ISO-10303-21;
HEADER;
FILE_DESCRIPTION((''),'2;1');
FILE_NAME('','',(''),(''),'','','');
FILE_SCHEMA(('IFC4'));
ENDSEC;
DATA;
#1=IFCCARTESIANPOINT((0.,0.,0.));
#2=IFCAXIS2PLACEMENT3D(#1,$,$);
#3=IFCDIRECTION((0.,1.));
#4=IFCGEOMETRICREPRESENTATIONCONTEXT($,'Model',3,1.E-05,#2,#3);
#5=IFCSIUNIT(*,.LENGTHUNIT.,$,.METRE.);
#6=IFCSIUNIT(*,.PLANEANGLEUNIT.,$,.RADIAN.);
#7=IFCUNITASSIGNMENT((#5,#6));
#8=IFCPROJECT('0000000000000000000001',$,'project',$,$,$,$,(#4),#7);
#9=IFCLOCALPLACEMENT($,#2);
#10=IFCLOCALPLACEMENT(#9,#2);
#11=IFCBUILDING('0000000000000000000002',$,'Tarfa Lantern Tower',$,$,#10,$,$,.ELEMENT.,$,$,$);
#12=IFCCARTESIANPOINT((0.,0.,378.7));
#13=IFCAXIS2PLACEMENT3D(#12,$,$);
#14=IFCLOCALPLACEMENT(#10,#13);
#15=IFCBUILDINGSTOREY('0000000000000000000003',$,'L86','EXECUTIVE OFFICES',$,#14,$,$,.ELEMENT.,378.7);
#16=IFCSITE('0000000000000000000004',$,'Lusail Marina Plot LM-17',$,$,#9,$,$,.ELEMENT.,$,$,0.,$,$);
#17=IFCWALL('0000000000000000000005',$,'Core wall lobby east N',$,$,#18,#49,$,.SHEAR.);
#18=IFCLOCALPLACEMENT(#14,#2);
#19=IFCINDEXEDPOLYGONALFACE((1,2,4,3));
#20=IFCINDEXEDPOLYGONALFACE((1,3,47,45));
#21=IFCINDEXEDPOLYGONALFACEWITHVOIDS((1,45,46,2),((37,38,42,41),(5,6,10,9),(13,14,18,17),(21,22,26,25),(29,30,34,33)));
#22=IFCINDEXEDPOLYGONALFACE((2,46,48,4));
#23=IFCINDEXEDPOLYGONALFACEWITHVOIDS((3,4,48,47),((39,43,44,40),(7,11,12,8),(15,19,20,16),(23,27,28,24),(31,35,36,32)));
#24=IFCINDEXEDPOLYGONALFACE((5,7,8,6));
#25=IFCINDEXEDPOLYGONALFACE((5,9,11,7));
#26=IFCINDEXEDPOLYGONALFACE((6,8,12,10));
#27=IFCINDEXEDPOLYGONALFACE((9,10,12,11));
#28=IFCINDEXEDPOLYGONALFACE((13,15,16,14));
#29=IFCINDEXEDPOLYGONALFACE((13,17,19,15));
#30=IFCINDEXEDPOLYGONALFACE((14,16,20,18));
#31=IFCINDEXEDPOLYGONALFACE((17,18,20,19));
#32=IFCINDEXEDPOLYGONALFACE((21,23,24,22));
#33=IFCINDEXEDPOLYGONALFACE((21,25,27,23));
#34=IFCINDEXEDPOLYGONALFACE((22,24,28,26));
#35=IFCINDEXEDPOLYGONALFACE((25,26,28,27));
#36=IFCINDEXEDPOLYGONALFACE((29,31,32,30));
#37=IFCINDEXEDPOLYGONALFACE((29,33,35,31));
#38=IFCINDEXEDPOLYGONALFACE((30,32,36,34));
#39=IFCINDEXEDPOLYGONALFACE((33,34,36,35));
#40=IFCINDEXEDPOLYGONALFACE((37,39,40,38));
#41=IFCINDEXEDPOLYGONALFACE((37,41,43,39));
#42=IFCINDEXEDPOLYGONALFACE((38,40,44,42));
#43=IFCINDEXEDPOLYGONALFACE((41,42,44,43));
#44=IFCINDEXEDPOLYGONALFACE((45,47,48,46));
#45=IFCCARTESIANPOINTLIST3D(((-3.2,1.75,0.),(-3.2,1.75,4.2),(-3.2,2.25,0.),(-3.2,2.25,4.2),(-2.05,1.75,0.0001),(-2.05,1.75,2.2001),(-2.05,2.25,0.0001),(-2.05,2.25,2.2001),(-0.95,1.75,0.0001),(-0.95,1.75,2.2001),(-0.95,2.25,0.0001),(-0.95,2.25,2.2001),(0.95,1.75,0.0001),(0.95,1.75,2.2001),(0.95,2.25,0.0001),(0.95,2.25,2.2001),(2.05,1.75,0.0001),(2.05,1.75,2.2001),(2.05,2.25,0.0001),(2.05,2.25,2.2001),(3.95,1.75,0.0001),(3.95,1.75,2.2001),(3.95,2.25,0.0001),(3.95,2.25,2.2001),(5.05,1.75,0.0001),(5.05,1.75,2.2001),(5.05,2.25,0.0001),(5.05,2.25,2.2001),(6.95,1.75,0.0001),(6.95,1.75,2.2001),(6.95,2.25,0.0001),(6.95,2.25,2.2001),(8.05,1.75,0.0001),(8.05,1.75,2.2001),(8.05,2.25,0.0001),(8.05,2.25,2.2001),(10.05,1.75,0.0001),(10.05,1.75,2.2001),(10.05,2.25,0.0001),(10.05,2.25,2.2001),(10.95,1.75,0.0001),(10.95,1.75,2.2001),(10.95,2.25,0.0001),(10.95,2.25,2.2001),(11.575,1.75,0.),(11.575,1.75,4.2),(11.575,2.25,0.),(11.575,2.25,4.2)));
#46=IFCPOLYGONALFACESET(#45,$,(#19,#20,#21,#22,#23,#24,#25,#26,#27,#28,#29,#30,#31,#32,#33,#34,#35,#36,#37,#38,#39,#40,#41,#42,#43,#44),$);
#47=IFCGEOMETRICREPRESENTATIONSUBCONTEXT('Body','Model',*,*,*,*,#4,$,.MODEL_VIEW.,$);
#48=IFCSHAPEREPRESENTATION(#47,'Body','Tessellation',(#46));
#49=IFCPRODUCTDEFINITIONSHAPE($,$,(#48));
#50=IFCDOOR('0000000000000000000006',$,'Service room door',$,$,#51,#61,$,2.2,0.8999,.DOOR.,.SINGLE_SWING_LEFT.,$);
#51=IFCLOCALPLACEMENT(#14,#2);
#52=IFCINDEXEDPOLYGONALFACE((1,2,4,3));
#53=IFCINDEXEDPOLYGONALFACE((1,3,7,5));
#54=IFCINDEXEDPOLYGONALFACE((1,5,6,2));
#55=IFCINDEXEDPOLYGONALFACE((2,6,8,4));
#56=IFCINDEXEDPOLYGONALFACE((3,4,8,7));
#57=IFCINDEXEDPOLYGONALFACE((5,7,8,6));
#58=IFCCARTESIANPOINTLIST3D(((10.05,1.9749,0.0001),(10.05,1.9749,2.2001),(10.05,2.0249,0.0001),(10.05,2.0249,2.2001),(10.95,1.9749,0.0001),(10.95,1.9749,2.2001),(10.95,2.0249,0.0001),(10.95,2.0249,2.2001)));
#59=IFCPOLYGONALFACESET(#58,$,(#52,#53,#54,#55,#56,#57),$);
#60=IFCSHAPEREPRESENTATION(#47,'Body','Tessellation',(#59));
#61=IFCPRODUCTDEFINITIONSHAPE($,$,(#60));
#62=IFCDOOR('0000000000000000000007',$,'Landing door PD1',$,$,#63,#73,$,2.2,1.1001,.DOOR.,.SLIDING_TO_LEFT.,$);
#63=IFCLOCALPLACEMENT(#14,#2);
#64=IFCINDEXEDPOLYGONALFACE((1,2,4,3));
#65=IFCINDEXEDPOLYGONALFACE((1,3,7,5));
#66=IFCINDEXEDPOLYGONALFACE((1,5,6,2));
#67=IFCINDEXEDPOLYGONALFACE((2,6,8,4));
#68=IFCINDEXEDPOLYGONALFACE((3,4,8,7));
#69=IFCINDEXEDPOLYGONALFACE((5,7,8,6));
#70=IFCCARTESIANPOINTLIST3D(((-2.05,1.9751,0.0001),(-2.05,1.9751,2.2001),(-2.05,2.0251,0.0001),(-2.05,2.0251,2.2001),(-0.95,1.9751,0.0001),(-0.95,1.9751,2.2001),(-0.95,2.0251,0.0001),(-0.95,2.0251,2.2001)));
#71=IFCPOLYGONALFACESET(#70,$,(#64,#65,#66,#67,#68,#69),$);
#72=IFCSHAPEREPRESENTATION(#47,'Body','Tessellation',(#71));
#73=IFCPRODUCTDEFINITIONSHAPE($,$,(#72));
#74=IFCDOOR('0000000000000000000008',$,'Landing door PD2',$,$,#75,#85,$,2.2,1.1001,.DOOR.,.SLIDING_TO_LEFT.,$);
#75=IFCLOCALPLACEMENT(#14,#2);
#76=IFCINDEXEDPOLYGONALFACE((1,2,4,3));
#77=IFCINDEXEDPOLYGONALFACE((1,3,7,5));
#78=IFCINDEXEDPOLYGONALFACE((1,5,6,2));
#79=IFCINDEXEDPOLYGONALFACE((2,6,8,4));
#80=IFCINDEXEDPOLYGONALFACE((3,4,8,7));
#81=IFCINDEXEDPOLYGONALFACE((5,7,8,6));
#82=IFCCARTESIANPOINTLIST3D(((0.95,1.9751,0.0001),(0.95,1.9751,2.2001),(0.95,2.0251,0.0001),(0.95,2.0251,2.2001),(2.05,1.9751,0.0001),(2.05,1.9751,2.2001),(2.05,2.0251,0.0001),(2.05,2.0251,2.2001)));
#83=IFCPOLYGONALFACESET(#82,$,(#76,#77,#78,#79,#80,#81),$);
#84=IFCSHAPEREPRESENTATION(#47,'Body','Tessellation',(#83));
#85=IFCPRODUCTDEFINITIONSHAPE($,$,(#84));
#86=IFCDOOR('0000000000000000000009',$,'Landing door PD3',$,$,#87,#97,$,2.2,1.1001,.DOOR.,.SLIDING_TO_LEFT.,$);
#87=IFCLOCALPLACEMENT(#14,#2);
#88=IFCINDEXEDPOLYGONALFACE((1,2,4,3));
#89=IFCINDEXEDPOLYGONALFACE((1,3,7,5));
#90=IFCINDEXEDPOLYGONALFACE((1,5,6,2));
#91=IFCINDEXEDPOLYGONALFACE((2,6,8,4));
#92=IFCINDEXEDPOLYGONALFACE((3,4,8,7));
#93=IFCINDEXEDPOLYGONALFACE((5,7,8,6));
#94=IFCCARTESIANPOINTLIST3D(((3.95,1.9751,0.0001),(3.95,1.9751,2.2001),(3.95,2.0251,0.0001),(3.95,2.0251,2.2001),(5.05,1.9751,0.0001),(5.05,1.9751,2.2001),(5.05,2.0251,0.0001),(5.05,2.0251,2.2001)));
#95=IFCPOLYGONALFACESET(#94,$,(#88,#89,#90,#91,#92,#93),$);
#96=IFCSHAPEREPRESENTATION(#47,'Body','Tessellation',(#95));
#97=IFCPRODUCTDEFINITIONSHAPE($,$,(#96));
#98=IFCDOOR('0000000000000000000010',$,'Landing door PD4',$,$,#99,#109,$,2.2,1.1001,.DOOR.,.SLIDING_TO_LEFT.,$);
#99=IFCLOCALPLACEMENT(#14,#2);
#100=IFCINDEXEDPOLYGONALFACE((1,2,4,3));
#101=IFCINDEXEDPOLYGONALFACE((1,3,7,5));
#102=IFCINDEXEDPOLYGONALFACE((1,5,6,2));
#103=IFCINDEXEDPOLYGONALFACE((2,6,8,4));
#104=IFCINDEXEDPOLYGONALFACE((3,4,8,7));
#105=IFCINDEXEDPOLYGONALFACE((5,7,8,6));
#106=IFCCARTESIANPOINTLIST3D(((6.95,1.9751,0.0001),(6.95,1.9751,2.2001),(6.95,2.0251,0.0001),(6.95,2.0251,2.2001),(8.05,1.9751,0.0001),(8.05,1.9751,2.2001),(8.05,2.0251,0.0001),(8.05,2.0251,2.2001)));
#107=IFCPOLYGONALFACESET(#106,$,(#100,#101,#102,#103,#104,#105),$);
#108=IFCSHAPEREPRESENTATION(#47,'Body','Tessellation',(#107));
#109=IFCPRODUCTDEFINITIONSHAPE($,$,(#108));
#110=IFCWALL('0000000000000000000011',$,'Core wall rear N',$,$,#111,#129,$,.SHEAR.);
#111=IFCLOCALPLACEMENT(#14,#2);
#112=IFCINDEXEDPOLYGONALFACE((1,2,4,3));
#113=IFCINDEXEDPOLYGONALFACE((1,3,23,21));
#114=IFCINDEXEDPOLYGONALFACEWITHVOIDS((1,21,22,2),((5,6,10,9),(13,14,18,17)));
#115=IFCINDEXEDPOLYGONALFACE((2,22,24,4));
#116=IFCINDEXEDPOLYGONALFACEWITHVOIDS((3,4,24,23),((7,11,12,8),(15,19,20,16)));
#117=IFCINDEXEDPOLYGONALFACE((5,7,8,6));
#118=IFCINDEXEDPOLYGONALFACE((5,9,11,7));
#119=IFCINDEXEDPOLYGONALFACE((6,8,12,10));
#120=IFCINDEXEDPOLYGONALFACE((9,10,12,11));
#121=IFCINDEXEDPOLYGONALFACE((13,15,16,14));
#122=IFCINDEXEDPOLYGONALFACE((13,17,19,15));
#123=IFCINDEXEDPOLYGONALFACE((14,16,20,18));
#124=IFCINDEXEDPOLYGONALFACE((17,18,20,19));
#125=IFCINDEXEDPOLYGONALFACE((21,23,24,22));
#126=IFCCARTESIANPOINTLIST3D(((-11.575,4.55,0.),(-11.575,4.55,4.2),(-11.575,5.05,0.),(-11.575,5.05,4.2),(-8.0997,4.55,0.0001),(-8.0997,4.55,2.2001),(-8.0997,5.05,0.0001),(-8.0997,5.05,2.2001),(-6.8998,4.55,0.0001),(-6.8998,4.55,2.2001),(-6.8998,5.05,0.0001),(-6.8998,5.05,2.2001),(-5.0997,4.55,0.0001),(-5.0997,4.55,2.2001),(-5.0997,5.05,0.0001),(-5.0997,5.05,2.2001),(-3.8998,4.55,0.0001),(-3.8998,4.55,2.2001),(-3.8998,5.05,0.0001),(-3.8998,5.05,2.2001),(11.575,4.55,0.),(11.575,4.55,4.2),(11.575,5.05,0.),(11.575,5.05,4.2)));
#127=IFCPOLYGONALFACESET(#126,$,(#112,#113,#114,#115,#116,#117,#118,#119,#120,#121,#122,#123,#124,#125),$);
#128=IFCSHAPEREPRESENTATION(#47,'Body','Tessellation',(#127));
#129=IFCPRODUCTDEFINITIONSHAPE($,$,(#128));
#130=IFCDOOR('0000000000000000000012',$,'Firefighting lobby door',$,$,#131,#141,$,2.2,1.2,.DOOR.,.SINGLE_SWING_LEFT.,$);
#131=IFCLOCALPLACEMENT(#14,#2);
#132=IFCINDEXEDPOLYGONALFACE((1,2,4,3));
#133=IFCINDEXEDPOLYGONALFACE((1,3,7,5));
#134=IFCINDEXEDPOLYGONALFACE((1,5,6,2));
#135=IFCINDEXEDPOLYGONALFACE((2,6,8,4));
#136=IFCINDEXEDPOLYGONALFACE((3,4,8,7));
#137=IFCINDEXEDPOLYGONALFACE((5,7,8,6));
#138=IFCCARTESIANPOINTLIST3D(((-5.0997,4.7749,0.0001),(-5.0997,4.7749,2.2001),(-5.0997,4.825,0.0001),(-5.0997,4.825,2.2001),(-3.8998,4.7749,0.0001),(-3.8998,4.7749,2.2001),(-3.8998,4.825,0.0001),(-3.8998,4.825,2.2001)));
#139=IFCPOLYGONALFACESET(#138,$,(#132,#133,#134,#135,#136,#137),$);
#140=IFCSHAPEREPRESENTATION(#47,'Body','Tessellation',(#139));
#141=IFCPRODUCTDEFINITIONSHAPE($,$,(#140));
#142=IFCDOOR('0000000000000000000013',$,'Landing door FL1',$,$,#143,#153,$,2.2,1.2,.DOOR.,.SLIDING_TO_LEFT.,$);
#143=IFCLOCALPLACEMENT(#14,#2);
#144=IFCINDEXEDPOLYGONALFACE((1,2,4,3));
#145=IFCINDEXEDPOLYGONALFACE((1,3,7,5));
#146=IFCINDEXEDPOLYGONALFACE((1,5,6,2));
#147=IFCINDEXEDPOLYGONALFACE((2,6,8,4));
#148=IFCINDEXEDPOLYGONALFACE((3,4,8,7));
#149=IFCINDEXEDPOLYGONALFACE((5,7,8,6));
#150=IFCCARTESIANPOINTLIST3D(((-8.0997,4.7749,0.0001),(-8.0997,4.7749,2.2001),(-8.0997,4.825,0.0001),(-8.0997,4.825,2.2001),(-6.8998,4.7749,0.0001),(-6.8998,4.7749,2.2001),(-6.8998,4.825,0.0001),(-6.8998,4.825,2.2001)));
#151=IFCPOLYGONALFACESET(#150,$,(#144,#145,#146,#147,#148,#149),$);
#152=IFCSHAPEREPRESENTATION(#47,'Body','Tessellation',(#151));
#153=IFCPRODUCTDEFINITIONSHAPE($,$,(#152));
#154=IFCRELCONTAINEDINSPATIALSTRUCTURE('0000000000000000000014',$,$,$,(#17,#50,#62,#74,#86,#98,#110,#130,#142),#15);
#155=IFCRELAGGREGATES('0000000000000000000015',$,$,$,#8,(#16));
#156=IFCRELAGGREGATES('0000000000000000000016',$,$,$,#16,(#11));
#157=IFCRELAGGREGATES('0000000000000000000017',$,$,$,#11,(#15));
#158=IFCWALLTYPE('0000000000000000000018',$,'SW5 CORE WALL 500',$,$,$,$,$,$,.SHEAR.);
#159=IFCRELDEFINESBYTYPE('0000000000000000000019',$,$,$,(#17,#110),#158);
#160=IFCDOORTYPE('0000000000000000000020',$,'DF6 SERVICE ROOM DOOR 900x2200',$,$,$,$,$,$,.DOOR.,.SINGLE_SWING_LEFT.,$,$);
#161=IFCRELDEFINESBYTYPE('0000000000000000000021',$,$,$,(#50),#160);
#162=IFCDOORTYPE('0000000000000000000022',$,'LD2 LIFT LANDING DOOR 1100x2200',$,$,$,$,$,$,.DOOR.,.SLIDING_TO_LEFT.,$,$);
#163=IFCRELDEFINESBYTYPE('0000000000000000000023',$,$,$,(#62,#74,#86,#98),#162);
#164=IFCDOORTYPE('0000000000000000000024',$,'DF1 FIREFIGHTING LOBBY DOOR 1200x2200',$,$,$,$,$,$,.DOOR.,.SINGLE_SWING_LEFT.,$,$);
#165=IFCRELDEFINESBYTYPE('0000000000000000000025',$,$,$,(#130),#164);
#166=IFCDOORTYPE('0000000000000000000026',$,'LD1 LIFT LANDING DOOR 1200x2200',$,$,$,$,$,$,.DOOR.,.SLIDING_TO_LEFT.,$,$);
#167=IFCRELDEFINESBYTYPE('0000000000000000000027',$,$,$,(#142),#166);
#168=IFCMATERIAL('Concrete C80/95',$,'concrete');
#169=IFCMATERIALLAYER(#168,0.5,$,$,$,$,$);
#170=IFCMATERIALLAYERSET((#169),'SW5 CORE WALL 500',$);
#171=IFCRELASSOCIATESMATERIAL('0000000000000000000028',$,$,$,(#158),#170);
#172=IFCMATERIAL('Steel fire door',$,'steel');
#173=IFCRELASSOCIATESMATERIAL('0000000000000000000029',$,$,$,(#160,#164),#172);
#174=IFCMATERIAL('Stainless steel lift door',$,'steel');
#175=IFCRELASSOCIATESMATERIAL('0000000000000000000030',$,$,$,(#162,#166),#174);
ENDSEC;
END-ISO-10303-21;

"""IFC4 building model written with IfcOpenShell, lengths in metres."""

from ifc_helpers import new_model, si_unit, direction, frame, frame_2d, origin, place, context, subcontext, project, spatial, rectangle, extrude, material, layer, layer_set, type_object, element, fill, save


model = new_model("IFC4")

# Units and contexts
model_context = context("Model", 3, precision=1e-05, world=origin(), true_north=direction((0.0, 1.0)))
body_context = subcontext(model_context, "Body", "Model", "MODEL_VIEW")
ifc_project = project(units=[si_unit("LENGTHUNIT", "METRE"), si_unit("PLANEANGLEUNIT", "RADIAN")], contexts=[model_context])

# Site, building, storey
site_placement = place(None, origin())
site = spatial("IfcSite", under=ifc_project, at=site_placement, Name="Lusail Marina Plot LM-17", CompositionType="ELEMENT", RefElevation=0.0)
building_placement = place(site_placement, origin())
building = spatial("IfcBuilding", under=site, at=building_placement, Name="Tarfa Lantern Tower", CompositionType="ELEMENT")
storey_placement = place(building_placement, frame((0.0, 0.0, 378.7)))
storey = spatial("IfcBuildingStorey", under=building, at=storey_placement, Name="L86", Description="EXECUTIVE OFFICES", CompositionType="ELEMENT", Elevation=378.7)

# Shared definitions
ifc_material_1 = material(Name="Concrete C80/95", Category="concrete")

# Shared definitions
ifc_material_2 = material(Name="Steel fire door", Category="steel")

# Walls, openings, doors
ifc_layer_1 = layer(ifc_material_1, 0.5)
ifc_layer_set_1 = layer_set([ifc_layer_1], Name="SW5 CORE WALL 500")
wall_type_1 = type_object("IfcWallType", Name="SW5 CORE WALL 500", PredefinedType="SHEAR", material=ifc_layer_set_1)
wall_1_placement = place(storey_placement, frame((-3.2, 2.0, 0.0), z_axis=(0.0, 0.0, 1.0), x_axis=(1.0, 0.0, 0.0)))
wall_1 = element("IfcWall", 1, at=wall_1_placement, inside=storey, type_object=wall_type_1, Name="Core wall lobby east N", PredefinedType="SHEAR", context=body_context, shape_type="SweptSolid", body=[
    extrude(rectangle(XDim=14.7749, YDim=0.5, at=frame_2d((7.3875, 0.0))), origin(), (0.0, 0.0, 1.0), 4.2),
])
opening_1_placement = place(wall_1_placement, frame((13.25, 0.0, 0.0)))
opening_1 = element("IfcOpeningElement", 2, at=opening_1_placement, cuts=wall_1, PredefinedType="OPENING", context=body_context, shape_type="SweptSolid", body=[
    extrude(rectangle(XDim=0.8999, YDim=2.2, at=frame_2d((0.45, 1.1001))), frame((0.0, 0.26, 0.0), z_axis=(0.0, -1.0, 0.0), x_axis=(1.0, 0.0, 0.0)), (0.0, 0.0, 1.0), 0.52),
])
opening_2_placement = place(wall_1_placement, frame((1.1499, 0.0, 0.0)))
opening_2 = element("IfcOpeningElement", 3, at=opening_2_placement, cuts=wall_1, PredefinedType="OPENING", context=body_context, shape_type="SweptSolid", body=[
    extrude(rectangle(XDim=1.1001, YDim=2.2, at=frame_2d((0.55, 1.1001))), frame((0.0, 0.26, 0.0), z_axis=(0.0, -1.0, 0.0), x_axis=(1.0, 0.0, 0.0)), (0.0, 0.0, 1.0), 0.52),
])
opening_3_placement = place(wall_1_placement, frame((4.1499, 0.0, 0.0)))
opening_3 = element("IfcOpeningElement", 4, at=opening_3_placement, cuts=wall_1, PredefinedType="OPENING", context=body_context, shape_type="SweptSolid", body=[
    extrude(rectangle(XDim=1.1001, YDim=2.2, at=frame_2d((0.55, 1.1001))), frame((0.0, 0.26, 0.0), z_axis=(0.0, -1.0, 0.0), x_axis=(1.0, 0.0, 0.0)), (0.0, 0.0, 1.0), 0.52),
])
opening_4_placement = place(wall_1_placement, frame((7.1499, 0.0, 0.0)))
opening_4 = element("IfcOpeningElement", 5, at=opening_4_placement, cuts=wall_1, PredefinedType="OPENING", context=body_context, shape_type="SweptSolid", body=[
    extrude(rectangle(XDim=1.1001, YDim=2.2, at=frame_2d((0.55, 1.1001))), frame((0.0, 0.26, 0.0), z_axis=(0.0, -1.0, 0.0), x_axis=(1.0, 0.0, 0.0)), (0.0, 0.0, 1.0), 0.52),
])
opening_5_placement = place(wall_1_placement, frame((10.1499, 0.0, 0.0)))
opening_5 = element("IfcOpeningElement", 6, at=opening_5_placement, cuts=wall_1, PredefinedType="OPENING", context=body_context, shape_type="SweptSolid", body=[
    extrude(rectangle(XDim=1.1001, YDim=2.2, at=frame_2d((0.55, 1.1001))), frame((0.0, 0.26, 0.0), z_axis=(0.0, -1.0, 0.0), x_axis=(1.0, 0.0, 0.0)), (0.0, 0.0, 1.0), 0.52),
])
door_type_1 = type_object("IfcDoorType", Name="DF6 SERVICE ROOM DOOR 900x2200", OperationType="SINGLE_SWING_LEFT", PredefinedType="DOOR", material=ifc_material_2)
door_1_placement = place(opening_1_placement, origin())
door_1 = element("IfcDoor", 7, at=door_1_placement, inside=storey, type_object=door_type_1, Name="Service room door", OperationType="SINGLE_SWING_LEFT", OverallHeight=2.2, OverallWidth=0.8999, PredefinedType="DOOR", context=body_context, shape_type="SweptSolid", body=[
    extrude(rectangle(XDim=0.8999, YDim=2.2, at=frame_2d((0.45, 1.1001))), frame((0.0, 0.0249, 0.0), z_axis=(0.0, -1.0, 0.0), x_axis=(1.0, 0.0, 0.0)), (0.0, 0.0, 1.0), 0.05),
])
fill(opening_1, door_1)
ifc_material_3 = material(Name="Stainless steel lift door", Category="steel")
door_type_2 = type_object("IfcDoorType", Name="LD2 LIFT LANDING DOOR 1100x2200", OperationType="SLIDING_TO_LEFT", PredefinedType="DOOR", material=ifc_material_3)
door_2_placement = place(opening_2_placement, frame((1.1001, 0.0, 0.0), z_axis=(0.0, 0.0, 1.0), x_axis=(-1.0, 0.0, 0.0)))
door_2 = element("IfcDoor", 8, at=door_2_placement, inside=storey, type_object=door_type_2, Name="Landing door PD1", OperationType="SLIDING_TO_LEFT", OverallHeight=2.2, OverallWidth=1.1001, PredefinedType="DOOR", context=body_context, shape_type="SweptSolid", body=[
    extrude(rectangle(XDim=1.1001, YDim=2.2, at=frame_2d((0.55, 1.1001))), frame((0.0, 0.0249, 0.0), z_axis=(0.0, -1.0, 0.0), x_axis=(1.0, 0.0, 0.0)), (0.0, 0.0, 1.0), 0.05),
])
fill(opening_2, door_2)
door_3_placement = place(opening_3_placement, frame((1.1001, 0.0, 0.0), z_axis=(0.0, 0.0, 1.0), x_axis=(-1.0, 0.0, 0.0)))
door_3 = element("IfcDoor", 9, at=door_3_placement, inside=storey, type_object=door_type_2, Name="Landing door PD2", OperationType="SLIDING_TO_LEFT", OverallHeight=2.2, OverallWidth=1.1001, PredefinedType="DOOR", context=body_context, shape_type="SweptSolid", body=[
    extrude(rectangle(XDim=1.1001, YDim=2.2, at=frame_2d((0.55, 1.1001))), frame((0.0, 0.0249, 0.0), z_axis=(0.0, -1.0, 0.0), x_axis=(1.0, 0.0, 0.0)), (0.0, 0.0, 1.0), 0.05),
])
fill(opening_3, door_3)
door_4_placement = place(opening_4_placement, frame((1.1001, 0.0, 0.0), z_axis=(0.0, 0.0, 1.0), x_axis=(-1.0, 0.0, 0.0)))
door_4 = element("IfcDoor", 10, at=door_4_placement, inside=storey, type_object=door_type_2, Name="Landing door PD3", OperationType="SLIDING_TO_LEFT", OverallHeight=2.2, OverallWidth=1.1001, PredefinedType="DOOR", context=body_context, shape_type="SweptSolid", body=[
    extrude(rectangle(XDim=1.1001, YDim=2.2, at=frame_2d((0.55, 1.1001))), frame((0.0, 0.0249, 0.0), z_axis=(0.0, -1.0, 0.0), x_axis=(1.0, 0.0, 0.0)), (0.0, 0.0, 1.0), 0.05),
])
fill(opening_4, door_4)
door_5_placement = place(opening_5_placement, frame((1.1001, 0.0, 0.0), z_axis=(0.0, 0.0, 1.0), x_axis=(-1.0, 0.0, 0.0)))
door_5 = element("IfcDoor", 11, at=door_5_placement, inside=storey, type_object=door_type_2, Name="Landing door PD4", OperationType="SLIDING_TO_LEFT", OverallHeight=2.2, OverallWidth=1.1001, PredefinedType="DOOR", context=body_context, shape_type="SweptSolid", body=[
    extrude(rectangle(XDim=1.1001, YDim=2.2, at=frame_2d((0.55, 1.1001))), frame((0.0, 0.0249, 0.0), z_axis=(0.0, -1.0, 0.0), x_axis=(1.0, 0.0, 0.0)), (0.0, 0.0, 1.0), 0.05),
])
fill(opening_5, door_5)
wall_2_placement = place(storey_placement, frame((-11.575, 4.8, 0.0), z_axis=(0.0, 0.0, 1.0), x_axis=(1.0, 0.0, 0.0)))
wall_2 = element("IfcWall", 12, at=wall_2_placement, inside=storey, type_object=wall_type_1, Name="Core wall rear N", PredefinedType="SHEAR", context=body_context, shape_type="SweptSolid", body=[
    extrude(rectangle(XDim=23.1499, YDim=0.5, at=frame_2d((11.575, 0.0))), origin(), (0.0, 0.0, 1.0), 4.2),
])
opening_6_placement = place(wall_2_placement, frame((6.4751, 0.0, 0.0)))
opening_6 = element("IfcOpeningElement", 13, at=opening_6_placement, cuts=wall_2, PredefinedType="OPENING", context=body_context, shape_type="SweptSolid", body=[
    extrude(rectangle(XDim=1.2, YDim=2.2, at=frame_2d((0.6001, 1.1001))), frame((0.0, 0.26, 0.0), z_axis=(0.0, -1.0, 0.0), x_axis=(1.0, 0.0, 0.0)), (0.0, 0.0, 1.0), 0.52),
])
opening_7_placement = place(wall_2_placement, frame((3.4751, 0.0, 0.0)))
opening_7 = element("IfcOpeningElement", 14, at=opening_7_placement, cuts=wall_2, PredefinedType="OPENING", context=body_context, shape_type="SweptSolid", body=[
    extrude(rectangle(XDim=1.2, YDim=2.2, at=frame_2d((0.6001, 1.1001))), frame((0.0, 0.26, 0.0), z_axis=(0.0, -1.0, 0.0), x_axis=(1.0, 0.0, 0.0)), (0.0, 0.0, 1.0), 0.52),
])
door_type_3 = type_object("IfcDoorType", Name="DF1 FIREFIGHTING LOBBY DOOR 1200x2200", OperationType="SINGLE_SWING_LEFT", PredefinedType="DOOR", material=ifc_material_2)
door_6_placement = place(opening_6_placement, origin())
door_6 = element("IfcDoor", 15, at=door_6_placement, inside=storey, type_object=door_type_3, Name="Firefighting lobby door", OperationType="SINGLE_SWING_LEFT", OverallHeight=2.2, OverallWidth=1.2, PredefinedType="DOOR", context=body_context, shape_type="SweptSolid", body=[
    extrude(rectangle(XDim=1.2, YDim=2.2, at=frame_2d((0.6001, 1.1001))), frame((0.0, 0.0249, 0.0), z_axis=(0.0, -1.0, 0.0), x_axis=(1.0, 0.0, 0.0)), (0.0, 0.0, 1.0), 0.05),
])
fill(opening_6, door_6)
door_type_4 = type_object("IfcDoorType", Name="LD1 LIFT LANDING DOOR 1200x2200", OperationType="SLIDING_TO_LEFT", PredefinedType="DOOR", material=ifc_material_3)
door_7_placement = place(opening_7_placement, origin())
door_7 = element("IfcDoor", 16, at=door_7_placement, inside=storey, type_object=door_type_4, Name="Landing door FL1", OperationType="SLIDING_TO_LEFT", OverallHeight=2.2, OverallWidth=1.2, PredefinedType="DOOR", context=body_context, shape_type="SweptSolid", body=[
    extrude(rectangle(XDim=1.2, YDim=2.2, at=frame_2d((0.6001, 1.1001))), frame((0.0, 0.0249, 0.0), z_axis=(0.0, -1.0, 0.0), x_axis=(1.0, 0.0, 0.0)), (0.0, 0.0, 1.0), 0.05),
])
fill(opening_7, door_7)

save(model, "model.ifc")
